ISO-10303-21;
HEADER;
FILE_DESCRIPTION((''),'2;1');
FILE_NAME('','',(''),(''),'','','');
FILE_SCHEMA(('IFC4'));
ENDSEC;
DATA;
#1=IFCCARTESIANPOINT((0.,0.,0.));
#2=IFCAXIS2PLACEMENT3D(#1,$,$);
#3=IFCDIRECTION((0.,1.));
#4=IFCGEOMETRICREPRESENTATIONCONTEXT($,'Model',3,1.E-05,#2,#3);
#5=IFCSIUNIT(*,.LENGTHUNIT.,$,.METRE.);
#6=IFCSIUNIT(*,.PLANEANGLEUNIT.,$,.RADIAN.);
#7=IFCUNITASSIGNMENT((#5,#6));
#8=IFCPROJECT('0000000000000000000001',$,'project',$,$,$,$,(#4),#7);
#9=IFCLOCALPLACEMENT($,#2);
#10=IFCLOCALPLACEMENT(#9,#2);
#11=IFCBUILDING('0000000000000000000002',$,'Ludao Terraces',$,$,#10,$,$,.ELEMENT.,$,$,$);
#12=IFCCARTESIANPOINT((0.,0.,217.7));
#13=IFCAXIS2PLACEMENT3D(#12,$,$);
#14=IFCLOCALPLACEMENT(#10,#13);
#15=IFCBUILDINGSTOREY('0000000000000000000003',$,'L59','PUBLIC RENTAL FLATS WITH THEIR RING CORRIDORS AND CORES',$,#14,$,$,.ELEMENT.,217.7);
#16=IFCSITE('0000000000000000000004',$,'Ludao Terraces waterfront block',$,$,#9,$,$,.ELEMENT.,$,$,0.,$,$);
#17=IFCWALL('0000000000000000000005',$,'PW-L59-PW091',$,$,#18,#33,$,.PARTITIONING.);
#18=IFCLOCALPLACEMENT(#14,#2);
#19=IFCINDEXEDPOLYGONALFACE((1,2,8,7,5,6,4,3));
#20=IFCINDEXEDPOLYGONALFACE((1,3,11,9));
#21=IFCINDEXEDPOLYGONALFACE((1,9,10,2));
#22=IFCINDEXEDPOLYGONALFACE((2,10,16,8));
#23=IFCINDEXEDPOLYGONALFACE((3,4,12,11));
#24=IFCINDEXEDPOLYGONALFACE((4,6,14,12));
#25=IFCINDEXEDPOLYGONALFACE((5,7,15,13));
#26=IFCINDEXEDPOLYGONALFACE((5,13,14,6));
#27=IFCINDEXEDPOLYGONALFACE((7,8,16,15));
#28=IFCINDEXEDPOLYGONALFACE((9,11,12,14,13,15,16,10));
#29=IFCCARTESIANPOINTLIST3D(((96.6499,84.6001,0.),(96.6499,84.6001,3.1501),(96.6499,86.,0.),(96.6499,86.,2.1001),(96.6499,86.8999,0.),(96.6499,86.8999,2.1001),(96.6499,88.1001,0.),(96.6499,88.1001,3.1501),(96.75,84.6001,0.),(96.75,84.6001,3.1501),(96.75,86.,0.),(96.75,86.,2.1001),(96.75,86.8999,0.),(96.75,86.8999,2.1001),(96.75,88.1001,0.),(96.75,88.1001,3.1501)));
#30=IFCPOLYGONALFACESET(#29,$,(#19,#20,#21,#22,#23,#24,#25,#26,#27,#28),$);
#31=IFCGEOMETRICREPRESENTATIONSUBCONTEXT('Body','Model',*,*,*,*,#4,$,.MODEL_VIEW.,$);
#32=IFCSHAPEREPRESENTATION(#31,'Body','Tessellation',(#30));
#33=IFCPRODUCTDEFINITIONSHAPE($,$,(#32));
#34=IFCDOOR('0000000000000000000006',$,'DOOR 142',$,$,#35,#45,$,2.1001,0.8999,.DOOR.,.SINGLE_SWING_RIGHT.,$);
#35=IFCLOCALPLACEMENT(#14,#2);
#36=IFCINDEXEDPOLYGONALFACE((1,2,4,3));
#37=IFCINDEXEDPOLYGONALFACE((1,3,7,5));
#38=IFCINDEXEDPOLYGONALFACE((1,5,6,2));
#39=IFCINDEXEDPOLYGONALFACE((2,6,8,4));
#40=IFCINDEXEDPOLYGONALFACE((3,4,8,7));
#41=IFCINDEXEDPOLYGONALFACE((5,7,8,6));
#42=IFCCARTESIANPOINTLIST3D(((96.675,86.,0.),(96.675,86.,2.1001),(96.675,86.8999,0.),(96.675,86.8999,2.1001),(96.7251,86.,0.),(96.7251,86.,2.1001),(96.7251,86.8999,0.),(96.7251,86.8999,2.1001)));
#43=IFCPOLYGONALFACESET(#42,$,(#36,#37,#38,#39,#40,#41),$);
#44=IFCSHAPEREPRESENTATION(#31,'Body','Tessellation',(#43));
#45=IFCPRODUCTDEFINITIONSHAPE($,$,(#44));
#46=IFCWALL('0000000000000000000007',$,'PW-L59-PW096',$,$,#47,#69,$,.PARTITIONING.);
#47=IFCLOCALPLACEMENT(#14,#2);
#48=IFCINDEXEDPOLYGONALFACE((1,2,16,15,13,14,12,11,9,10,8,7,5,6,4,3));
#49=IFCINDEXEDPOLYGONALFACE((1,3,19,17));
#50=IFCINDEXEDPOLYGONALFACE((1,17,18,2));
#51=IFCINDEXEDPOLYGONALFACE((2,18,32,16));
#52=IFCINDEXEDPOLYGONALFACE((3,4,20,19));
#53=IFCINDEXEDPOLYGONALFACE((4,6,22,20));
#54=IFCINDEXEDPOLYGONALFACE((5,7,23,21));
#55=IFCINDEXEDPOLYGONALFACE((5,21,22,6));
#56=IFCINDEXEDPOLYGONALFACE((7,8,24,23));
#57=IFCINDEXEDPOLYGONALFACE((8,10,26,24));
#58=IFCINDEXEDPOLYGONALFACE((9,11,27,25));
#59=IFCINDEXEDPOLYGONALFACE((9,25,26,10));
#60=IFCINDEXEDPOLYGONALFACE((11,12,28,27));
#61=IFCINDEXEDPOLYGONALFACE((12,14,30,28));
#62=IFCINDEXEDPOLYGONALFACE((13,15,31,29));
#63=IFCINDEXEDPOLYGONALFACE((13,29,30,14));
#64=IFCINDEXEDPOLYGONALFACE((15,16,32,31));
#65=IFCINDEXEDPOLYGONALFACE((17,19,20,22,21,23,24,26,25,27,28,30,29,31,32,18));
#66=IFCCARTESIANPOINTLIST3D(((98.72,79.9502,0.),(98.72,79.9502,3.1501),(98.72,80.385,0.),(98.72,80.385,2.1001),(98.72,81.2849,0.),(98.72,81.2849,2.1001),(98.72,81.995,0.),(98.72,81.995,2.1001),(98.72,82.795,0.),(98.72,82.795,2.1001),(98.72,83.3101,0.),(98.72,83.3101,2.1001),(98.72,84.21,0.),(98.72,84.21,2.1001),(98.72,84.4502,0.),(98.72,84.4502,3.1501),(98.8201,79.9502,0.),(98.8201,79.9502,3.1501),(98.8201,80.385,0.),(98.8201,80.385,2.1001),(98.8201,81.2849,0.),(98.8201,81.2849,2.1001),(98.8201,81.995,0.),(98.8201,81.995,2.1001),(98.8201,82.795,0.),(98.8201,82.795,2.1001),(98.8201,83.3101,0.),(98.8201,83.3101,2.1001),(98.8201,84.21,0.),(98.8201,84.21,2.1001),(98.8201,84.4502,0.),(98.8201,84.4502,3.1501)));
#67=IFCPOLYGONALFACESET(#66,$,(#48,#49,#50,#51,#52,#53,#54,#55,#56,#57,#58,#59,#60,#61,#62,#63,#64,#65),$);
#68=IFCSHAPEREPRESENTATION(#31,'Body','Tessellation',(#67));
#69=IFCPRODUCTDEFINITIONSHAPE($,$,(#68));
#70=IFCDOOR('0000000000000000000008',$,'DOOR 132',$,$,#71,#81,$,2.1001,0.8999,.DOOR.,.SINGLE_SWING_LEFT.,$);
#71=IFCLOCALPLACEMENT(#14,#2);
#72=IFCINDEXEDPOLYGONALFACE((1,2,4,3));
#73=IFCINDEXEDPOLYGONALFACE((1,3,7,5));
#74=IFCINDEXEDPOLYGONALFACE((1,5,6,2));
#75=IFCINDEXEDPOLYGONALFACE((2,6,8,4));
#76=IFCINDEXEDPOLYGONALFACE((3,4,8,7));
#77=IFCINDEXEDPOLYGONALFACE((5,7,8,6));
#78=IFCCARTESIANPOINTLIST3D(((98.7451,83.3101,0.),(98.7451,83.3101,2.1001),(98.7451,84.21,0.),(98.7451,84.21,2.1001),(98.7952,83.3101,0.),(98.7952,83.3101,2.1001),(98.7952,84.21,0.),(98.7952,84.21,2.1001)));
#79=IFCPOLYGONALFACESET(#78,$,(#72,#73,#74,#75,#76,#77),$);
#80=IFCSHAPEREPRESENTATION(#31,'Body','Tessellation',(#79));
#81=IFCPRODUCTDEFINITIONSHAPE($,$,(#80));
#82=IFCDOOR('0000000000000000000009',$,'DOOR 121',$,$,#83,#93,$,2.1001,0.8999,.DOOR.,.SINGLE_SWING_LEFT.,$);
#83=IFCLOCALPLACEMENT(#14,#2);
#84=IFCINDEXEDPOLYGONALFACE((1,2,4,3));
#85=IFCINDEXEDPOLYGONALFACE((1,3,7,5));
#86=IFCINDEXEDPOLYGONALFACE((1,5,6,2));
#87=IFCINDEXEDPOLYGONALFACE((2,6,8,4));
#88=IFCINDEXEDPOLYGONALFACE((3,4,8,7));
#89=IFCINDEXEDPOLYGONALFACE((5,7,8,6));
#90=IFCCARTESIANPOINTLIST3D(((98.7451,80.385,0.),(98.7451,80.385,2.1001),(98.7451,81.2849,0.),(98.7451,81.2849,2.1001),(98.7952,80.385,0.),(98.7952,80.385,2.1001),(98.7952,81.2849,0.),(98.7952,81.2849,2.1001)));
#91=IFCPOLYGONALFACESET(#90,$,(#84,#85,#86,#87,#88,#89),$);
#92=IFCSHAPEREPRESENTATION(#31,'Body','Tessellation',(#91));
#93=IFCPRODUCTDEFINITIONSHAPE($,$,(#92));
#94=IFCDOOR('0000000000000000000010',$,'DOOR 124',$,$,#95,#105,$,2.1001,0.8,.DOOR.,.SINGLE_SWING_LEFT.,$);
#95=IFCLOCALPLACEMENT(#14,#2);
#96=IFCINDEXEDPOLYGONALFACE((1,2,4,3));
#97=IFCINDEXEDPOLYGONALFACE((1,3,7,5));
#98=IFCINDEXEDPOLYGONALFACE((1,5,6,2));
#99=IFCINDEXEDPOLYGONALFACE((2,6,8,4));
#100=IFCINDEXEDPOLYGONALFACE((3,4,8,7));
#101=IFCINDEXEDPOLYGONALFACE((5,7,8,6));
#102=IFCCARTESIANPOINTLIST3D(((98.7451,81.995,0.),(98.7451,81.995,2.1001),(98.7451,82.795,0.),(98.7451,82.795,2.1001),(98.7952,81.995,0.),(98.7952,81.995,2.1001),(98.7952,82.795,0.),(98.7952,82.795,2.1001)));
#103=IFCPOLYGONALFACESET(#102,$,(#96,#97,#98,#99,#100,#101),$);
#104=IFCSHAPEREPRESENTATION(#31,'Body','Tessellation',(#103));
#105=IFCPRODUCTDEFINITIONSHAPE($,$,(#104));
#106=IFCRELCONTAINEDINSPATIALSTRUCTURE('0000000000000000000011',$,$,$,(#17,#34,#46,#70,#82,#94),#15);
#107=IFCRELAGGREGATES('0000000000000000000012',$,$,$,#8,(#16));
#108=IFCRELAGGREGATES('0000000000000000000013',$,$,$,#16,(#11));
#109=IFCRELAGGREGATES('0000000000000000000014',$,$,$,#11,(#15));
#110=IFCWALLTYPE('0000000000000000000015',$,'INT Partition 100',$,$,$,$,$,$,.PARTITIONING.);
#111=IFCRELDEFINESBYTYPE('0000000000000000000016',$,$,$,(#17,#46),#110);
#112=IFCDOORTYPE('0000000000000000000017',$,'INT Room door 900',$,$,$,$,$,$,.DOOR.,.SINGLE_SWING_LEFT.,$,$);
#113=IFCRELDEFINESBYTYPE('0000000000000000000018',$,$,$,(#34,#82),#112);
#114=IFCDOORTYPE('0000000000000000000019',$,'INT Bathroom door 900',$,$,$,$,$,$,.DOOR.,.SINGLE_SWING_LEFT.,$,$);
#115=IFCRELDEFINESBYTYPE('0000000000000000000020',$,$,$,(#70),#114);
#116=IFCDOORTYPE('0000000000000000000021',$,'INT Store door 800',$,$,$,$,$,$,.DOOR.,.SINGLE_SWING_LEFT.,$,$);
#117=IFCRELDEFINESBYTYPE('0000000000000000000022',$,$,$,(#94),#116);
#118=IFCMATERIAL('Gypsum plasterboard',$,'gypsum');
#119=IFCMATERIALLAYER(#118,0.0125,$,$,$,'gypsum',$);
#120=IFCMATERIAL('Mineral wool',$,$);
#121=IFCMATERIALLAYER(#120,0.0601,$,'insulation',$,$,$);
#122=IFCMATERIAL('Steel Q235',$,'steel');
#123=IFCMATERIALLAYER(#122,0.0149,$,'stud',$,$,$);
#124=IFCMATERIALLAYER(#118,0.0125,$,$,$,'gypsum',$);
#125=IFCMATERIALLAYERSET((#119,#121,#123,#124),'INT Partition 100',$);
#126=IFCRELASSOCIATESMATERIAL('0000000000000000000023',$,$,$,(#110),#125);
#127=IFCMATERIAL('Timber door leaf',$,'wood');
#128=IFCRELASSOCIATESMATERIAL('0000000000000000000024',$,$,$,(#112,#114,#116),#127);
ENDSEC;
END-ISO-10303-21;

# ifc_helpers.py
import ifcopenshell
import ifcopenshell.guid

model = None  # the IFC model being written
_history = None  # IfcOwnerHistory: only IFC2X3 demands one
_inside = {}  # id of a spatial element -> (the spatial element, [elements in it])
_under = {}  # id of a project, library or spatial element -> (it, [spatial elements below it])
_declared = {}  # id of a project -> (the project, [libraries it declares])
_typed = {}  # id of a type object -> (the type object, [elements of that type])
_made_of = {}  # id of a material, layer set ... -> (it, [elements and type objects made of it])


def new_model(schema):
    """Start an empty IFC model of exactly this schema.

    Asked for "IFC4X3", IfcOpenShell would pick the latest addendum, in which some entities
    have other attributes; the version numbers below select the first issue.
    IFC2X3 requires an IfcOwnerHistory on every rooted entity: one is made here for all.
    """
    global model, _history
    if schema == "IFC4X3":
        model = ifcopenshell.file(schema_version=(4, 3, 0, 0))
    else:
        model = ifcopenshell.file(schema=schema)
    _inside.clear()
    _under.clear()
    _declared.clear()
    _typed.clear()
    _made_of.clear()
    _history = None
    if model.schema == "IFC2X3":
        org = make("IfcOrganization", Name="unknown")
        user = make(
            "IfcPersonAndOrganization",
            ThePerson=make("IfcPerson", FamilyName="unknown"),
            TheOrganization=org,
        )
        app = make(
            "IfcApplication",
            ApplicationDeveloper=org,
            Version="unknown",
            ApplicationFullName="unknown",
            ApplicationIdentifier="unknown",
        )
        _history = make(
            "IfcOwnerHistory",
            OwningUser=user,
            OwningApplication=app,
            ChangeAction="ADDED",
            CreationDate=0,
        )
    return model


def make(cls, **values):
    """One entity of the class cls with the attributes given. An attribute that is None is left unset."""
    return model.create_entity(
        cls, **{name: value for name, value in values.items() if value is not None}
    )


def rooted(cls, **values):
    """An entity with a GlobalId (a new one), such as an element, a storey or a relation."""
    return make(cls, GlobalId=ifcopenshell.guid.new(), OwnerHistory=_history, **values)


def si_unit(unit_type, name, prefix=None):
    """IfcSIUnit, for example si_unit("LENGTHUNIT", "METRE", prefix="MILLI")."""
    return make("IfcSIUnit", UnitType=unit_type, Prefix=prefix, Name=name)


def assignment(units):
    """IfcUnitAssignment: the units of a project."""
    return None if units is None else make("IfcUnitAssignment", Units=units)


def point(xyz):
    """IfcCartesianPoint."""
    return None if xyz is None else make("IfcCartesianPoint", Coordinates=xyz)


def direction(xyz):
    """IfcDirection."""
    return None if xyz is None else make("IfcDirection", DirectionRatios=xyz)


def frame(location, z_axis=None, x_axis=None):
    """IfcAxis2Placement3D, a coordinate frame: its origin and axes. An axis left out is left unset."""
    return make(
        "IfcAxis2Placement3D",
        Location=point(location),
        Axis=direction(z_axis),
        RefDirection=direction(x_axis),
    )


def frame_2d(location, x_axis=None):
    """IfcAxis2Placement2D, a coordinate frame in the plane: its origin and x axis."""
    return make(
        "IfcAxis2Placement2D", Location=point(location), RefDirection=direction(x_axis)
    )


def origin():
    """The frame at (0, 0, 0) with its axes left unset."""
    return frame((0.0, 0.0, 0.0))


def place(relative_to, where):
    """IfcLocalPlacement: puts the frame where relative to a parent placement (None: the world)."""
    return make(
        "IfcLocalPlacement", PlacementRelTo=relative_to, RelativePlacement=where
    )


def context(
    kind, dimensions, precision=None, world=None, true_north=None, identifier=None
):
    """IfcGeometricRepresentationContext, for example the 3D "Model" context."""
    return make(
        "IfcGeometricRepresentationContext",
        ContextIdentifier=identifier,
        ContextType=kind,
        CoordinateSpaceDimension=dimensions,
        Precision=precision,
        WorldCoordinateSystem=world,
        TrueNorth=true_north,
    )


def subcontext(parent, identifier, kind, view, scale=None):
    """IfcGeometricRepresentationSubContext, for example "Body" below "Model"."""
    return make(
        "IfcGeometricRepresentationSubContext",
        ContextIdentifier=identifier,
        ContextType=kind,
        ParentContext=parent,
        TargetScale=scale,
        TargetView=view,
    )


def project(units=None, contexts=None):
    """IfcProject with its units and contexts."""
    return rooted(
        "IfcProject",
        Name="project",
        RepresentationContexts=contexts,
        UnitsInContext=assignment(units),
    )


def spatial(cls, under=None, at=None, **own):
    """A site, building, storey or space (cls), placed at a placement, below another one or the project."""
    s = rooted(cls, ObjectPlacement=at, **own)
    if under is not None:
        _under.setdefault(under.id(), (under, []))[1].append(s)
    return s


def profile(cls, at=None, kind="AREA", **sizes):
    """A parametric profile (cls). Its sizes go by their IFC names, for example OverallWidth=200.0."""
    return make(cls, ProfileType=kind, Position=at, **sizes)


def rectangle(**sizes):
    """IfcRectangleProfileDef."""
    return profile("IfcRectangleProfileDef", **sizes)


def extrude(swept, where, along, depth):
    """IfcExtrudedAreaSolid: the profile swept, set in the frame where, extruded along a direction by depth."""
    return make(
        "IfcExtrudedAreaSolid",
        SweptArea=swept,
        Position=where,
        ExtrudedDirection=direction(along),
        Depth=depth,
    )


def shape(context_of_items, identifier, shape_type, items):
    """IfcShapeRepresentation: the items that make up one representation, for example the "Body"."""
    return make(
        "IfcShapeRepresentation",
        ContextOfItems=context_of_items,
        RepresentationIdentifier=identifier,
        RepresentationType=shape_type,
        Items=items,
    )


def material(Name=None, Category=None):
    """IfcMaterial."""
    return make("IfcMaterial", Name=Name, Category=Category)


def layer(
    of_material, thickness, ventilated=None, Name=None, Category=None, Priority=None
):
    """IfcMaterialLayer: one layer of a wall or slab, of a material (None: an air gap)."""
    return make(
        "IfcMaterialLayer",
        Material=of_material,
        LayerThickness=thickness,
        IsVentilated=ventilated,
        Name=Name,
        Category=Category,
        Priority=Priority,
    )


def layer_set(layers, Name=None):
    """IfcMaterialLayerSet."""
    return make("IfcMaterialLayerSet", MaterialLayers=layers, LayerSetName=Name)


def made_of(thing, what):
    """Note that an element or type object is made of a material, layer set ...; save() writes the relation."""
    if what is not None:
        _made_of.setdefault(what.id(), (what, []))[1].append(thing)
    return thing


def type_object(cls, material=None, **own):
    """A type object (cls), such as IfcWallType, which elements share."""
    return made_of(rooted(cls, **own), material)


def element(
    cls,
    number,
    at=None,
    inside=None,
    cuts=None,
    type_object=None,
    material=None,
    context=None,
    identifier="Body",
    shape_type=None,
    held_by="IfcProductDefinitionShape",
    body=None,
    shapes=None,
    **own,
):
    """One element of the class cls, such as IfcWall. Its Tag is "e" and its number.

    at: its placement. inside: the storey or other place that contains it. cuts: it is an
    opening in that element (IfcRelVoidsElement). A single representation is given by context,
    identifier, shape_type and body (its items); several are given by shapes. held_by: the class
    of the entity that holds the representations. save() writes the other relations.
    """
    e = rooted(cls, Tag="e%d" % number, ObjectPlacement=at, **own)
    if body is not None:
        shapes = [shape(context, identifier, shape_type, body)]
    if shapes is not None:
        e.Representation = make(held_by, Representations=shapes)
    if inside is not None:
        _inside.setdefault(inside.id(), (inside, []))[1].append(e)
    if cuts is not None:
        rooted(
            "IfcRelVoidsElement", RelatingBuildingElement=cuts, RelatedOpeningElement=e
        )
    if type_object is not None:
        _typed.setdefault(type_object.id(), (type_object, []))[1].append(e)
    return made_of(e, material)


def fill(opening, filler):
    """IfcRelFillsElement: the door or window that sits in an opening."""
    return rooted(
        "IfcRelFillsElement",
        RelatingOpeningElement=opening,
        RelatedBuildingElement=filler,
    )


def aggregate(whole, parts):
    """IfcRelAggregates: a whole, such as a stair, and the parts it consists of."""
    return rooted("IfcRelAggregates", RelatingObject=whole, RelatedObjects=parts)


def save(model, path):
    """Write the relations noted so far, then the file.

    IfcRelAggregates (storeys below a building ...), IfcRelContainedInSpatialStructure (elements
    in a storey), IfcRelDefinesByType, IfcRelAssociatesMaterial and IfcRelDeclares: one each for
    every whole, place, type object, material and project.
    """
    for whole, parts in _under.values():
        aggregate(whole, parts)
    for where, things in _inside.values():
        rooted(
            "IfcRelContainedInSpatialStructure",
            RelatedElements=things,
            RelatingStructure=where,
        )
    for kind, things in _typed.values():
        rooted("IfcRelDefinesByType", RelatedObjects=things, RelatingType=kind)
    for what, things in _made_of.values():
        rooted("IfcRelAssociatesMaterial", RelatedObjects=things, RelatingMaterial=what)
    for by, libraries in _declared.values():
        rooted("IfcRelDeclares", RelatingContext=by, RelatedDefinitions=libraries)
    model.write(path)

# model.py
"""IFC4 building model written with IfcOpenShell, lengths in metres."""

from ifc_helpers import new_model, si_unit, direction, frame, frame_2d, origin, place, context, subcontext, project, spatial, rectangle, extrude, material, layer, layer_set, type_object, element, fill, save


model = new_model("IFC4")

# Units and contexts
model_context = context("Model", 3, precision=1e-05, world=origin(), true_north=direction((0.0, 1.0)))
body_context = subcontext(model_context, "Body", "Model", "MODEL_VIEW")
ifc_project = project(units=[si_unit("LENGTHUNIT", "METRE"), si_unit("PLANEANGLEUNIT", "RADIAN")], contexts=[model_context])

# Site, building, storey
site_placement = place(None, origin())
site = spatial("IfcSite", under=ifc_project, at=site_placement, Name="Ludao Terraces waterfront block", CompositionType="ELEMENT", RefElevation=0.0)
building_placement = place(site_placement, origin())
building = spatial("IfcBuilding", under=site, at=building_placement, Name="Ludao Terraces", CompositionType="ELEMENT")
storey_placement = place(building_placement, frame((0.0, 0.0, 217.7)))
storey = spatial("IfcBuildingStorey", under=building, at=storey_placement, Name="L59", Description="PUBLIC RENTAL FLATS WITH THEIR RING CORRIDORS AND CORES", CompositionType="ELEMENT", Elevation=217.7)

# Shared definitions
ifc_material_1 = material(Name="Mineral wool")

# Shared definitions
ifc_material_2 = material(Name="Gypsum plasterboard", Category="gypsum")
ifc_layer_1 = layer(ifc_material_2, 0.0125, Category="gypsum")
ifc_layer_2 = layer(ifc_material_1, 0.0601, Name="insulation")
ifc_material_3 = material(Name="Steel Q235", Category="steel")
ifc_layer_3 = layer(ifc_material_3, 0.0149, Name="stud")
ifc_layer_4 = layer(ifc_material_2, 0.0125, Category="gypsum")
ifc_layer_set_1 = layer_set([ifc_layer_1, ifc_layer_2, ifc_layer_3, ifc_layer_4], Name="INT Partition 100")
wall_type_1 = type_object("IfcWallType", Name="INT Partition 100", PredefinedType="PARTITIONING", material=ifc_layer_set_1)

# Wall, opening, door
ifc_material_4 = material(Name="Timber door leaf", Category="wood")
door_type_1 = type_object("IfcDoorType", Name="INT Room door 900", OperationType="SINGLE_SWING_LEFT", PredefinedType="DOOR", material=ifc_material_4)
wall_1_placement = place(storey_placement, frame((96.7, 84.6001, 0.0), z_axis=(0.0, 0.0, 1.0), x_axis=(0.0, 1.0, 0.0)))
wall_1 = element("IfcWall", 1, at=wall_1_placement, inside=storey, type_object=wall_type_1, Name="PW-L59-PW091", PredefinedType="PARTITIONING", context=body_context, shape_type="SweptSolid", body=[
    extrude(rectangle(XDim=3.5, YDim=0.1001, at=frame_2d((1.75, 0.0))), origin(), (0.0, 0.0, 1.0), 3.1501),
])
opening_1_placement = place(wall_1_placement, frame((1.3999, 0.0, 0.0)))
opening_1 = element("IfcOpeningElement", 2, at=opening_1_placement, cuts=wall_1, PredefinedType="OPENING", context=body_context, shape_type="SweptSolid", body=[
    extrude(rectangle(XDim=0.8999, YDim=2.1001, at=frame_2d((0.45, 1.05))), frame((0.0, 0.0601, 0.0), z_axis=(0.0, -1.0, 0.0), x_axis=(1.0, 0.0, 0.0)), (0.0, 0.0, 1.0), 0.1201),
])
door_1_placement = place(opening_1_placement, origin())
door_1 = element("IfcDoor", 3, at=door_1_placement, inside=storey, type_object=door_type_1, Name="DOOR 142", OperationType="SINGLE_SWING_RIGHT", OverallHeight=2.1001, OverallWidth=0.8999, PredefinedType="DOOR", context=body_context, shape_type="SweptSolid", body=[
    extrude(rectangle(XDim=0.8999, YDim=2.1001, at=frame_2d((0.45, 1.05))), frame((0.0, 0.0249, 0.0), z_axis=(0.0, -1.0, 0.0), x_axis=(1.0, 0.0, 0.0)), (0.0, 0.0, 1.0), 0.05),
])
fill(opening_1, door_1)

# Wall, openings, doors
wall_2_placement = place(storey_placement, frame((98.77, 79.9502, 0.0), z_axis=(0.0, 0.0, 1.0), x_axis=(0.0, 1.0, 0.0)))
wall_2 = element("IfcWall", 4, at=wall_2_placement, inside=storey, type_object=wall_type_1, Name="PW-L59-PW096", PredefinedType="PARTITIONING", context=body_context, shape_type="SweptSolid", body=[
    extrude(rectangle(XDim=4.5, YDim=0.1001, at=frame_2d((2.25, 0.0))), origin(), (0.0, 0.0, 1.0), 3.1501),
])
opening_2_placement = place(wall_2_placement, frame((0.4348, 0.0, 0.0)))
opening_2 = element("IfcOpeningElement", 5, at=opening_2_placement, cuts=wall_2, PredefinedType="OPENING", context=body_context, shape_type="SweptSolid", body=[
    extrude(rectangle(XDim=0.8999, YDim=2.1001, at=frame_2d((0.45, 1.05))), frame((0.0, 0.0601, 0.0), z_axis=(0.0, -1.0, 0.0), x_axis=(1.0, 0.0, 0.0)), (0.0, 0.0, 1.0), 0.1201),
])
opening_3_placement = place(wall_2_placement, frame((2.0449, 0.0, 0.0)))
opening_3 = element("IfcOpeningElement", 6, at=opening_3_placement, cuts=wall_2, PredefinedType="OPENING", context=body_context, shape_type="SweptSolid", body=[
    extrude(rectangle(XDim=0.8, YDim=2.1001, at=frame_2d((0.3999, 1.05))), frame((0.0, 0.0601, 0.0), z_axis=(0.0, -1.0, 0.0), x_axis=(1.0, 0.0, 0.0)), (0.0, 0.0, 1.0), 0.1201),
])
opening_4_placement = place(wall_2_placement, frame((3.3599, 0.0, 0.0)))
opening_4 = element("IfcOpeningElement", 7, at=opening_4_placement, cuts=wall_2, PredefinedType="OPENING", context=body_context, shape_type="SweptSolid", body=[
    extrude(rectangle(XDim=0.8999, YDim=2.1001, at=frame_2d((0.45, 1.05))), frame((0.0, 0.0601, 0.0), z_axis=(0.0, -1.0, 0.0), x_axis=(1.0, 0.0, 0.0)), (0.0, 0.0, 1.0), 0.1201),
])
door_type_2 = type_object("IfcDoorType", Name="INT Bathroom door 900", OperationType="SINGLE_SWING_LEFT", PredefinedType="DOOR", material=ifc_material_4)
door_2_placement = place(opening_4_placement, origin())
door_2 = element("IfcDoor", 8, at=door_2_placement, inside=storey, type_object=door_type_2, Name="DOOR 132", OperationType="SINGLE_SWING_LEFT", OverallHeight=2.1001, OverallWidth=0.8999, PredefinedType="DOOR", context=body_context, shape_type="SweptSolid", body=[
    extrude(rectangle(XDim=0.8999, YDim=2.1001, at=frame_2d((0.45, 1.05))), frame((0.0, 0.0249, 0.0), z_axis=(0.0, -1.0, 0.0), x_axis=(1.0, 0.0, 0.0)), (0.0, 0.0, 1.0), 0.05),
])
fill(opening_4, door_2)
door_3_placement = place(opening_2_placement, origin())
door_3 = element("IfcDoor", 9, at=door_3_placement, inside=storey, type_object=door_type_1, Name="DOOR 121", OperationType="SINGLE_SWING_LEFT", OverallHeight=2.1001, OverallWidth=0.8999, PredefinedType="DOOR", context=body_context, shape_type="SweptSolid", body=[
    extrude(rectangle(XDim=0.8999, YDim=2.1001, at=frame_2d((0.45, 1.05))), frame((0.0, 0.0249, 0.0), z_axis=(0.0, -1.0, 0.0), x_axis=(1.0, 0.0, 0.0)), (0.0, 0.0, 1.0), 0.05),
])
fill(opening_2, door_3)
door_type_3 = type_object("IfcDoorType", Name="INT Store door 800", OperationType="SINGLE_SWING_LEFT", PredefinedType="DOOR", material=ifc_material_4)
door_4_placement = place(opening_3_placement, origin())
door_4 = element("IfcDoor", 10, at=door_4_placement, inside=storey, type_object=door_type_3, Name="DOOR 124", OperationType="SINGLE_SWING_LEFT", OverallHeight=2.1001, OverallWidth=0.8, PredefinedType="DOOR", context=body_context, shape_type="SweptSolid", body=[
    extrude(rectangle(XDim=0.8, YDim=2.1001, at=frame_2d((0.3999, 1.05))), frame((0.0, 0.0249, 0.0), z_axis=(0.0, -1.0, 0.0), x_axis=(1.0, 0.0, 0.0)), (0.0, 0.0, 1.0), 0.05),
])
fill(opening_3, door_4)

save(model, "model.ifc")
